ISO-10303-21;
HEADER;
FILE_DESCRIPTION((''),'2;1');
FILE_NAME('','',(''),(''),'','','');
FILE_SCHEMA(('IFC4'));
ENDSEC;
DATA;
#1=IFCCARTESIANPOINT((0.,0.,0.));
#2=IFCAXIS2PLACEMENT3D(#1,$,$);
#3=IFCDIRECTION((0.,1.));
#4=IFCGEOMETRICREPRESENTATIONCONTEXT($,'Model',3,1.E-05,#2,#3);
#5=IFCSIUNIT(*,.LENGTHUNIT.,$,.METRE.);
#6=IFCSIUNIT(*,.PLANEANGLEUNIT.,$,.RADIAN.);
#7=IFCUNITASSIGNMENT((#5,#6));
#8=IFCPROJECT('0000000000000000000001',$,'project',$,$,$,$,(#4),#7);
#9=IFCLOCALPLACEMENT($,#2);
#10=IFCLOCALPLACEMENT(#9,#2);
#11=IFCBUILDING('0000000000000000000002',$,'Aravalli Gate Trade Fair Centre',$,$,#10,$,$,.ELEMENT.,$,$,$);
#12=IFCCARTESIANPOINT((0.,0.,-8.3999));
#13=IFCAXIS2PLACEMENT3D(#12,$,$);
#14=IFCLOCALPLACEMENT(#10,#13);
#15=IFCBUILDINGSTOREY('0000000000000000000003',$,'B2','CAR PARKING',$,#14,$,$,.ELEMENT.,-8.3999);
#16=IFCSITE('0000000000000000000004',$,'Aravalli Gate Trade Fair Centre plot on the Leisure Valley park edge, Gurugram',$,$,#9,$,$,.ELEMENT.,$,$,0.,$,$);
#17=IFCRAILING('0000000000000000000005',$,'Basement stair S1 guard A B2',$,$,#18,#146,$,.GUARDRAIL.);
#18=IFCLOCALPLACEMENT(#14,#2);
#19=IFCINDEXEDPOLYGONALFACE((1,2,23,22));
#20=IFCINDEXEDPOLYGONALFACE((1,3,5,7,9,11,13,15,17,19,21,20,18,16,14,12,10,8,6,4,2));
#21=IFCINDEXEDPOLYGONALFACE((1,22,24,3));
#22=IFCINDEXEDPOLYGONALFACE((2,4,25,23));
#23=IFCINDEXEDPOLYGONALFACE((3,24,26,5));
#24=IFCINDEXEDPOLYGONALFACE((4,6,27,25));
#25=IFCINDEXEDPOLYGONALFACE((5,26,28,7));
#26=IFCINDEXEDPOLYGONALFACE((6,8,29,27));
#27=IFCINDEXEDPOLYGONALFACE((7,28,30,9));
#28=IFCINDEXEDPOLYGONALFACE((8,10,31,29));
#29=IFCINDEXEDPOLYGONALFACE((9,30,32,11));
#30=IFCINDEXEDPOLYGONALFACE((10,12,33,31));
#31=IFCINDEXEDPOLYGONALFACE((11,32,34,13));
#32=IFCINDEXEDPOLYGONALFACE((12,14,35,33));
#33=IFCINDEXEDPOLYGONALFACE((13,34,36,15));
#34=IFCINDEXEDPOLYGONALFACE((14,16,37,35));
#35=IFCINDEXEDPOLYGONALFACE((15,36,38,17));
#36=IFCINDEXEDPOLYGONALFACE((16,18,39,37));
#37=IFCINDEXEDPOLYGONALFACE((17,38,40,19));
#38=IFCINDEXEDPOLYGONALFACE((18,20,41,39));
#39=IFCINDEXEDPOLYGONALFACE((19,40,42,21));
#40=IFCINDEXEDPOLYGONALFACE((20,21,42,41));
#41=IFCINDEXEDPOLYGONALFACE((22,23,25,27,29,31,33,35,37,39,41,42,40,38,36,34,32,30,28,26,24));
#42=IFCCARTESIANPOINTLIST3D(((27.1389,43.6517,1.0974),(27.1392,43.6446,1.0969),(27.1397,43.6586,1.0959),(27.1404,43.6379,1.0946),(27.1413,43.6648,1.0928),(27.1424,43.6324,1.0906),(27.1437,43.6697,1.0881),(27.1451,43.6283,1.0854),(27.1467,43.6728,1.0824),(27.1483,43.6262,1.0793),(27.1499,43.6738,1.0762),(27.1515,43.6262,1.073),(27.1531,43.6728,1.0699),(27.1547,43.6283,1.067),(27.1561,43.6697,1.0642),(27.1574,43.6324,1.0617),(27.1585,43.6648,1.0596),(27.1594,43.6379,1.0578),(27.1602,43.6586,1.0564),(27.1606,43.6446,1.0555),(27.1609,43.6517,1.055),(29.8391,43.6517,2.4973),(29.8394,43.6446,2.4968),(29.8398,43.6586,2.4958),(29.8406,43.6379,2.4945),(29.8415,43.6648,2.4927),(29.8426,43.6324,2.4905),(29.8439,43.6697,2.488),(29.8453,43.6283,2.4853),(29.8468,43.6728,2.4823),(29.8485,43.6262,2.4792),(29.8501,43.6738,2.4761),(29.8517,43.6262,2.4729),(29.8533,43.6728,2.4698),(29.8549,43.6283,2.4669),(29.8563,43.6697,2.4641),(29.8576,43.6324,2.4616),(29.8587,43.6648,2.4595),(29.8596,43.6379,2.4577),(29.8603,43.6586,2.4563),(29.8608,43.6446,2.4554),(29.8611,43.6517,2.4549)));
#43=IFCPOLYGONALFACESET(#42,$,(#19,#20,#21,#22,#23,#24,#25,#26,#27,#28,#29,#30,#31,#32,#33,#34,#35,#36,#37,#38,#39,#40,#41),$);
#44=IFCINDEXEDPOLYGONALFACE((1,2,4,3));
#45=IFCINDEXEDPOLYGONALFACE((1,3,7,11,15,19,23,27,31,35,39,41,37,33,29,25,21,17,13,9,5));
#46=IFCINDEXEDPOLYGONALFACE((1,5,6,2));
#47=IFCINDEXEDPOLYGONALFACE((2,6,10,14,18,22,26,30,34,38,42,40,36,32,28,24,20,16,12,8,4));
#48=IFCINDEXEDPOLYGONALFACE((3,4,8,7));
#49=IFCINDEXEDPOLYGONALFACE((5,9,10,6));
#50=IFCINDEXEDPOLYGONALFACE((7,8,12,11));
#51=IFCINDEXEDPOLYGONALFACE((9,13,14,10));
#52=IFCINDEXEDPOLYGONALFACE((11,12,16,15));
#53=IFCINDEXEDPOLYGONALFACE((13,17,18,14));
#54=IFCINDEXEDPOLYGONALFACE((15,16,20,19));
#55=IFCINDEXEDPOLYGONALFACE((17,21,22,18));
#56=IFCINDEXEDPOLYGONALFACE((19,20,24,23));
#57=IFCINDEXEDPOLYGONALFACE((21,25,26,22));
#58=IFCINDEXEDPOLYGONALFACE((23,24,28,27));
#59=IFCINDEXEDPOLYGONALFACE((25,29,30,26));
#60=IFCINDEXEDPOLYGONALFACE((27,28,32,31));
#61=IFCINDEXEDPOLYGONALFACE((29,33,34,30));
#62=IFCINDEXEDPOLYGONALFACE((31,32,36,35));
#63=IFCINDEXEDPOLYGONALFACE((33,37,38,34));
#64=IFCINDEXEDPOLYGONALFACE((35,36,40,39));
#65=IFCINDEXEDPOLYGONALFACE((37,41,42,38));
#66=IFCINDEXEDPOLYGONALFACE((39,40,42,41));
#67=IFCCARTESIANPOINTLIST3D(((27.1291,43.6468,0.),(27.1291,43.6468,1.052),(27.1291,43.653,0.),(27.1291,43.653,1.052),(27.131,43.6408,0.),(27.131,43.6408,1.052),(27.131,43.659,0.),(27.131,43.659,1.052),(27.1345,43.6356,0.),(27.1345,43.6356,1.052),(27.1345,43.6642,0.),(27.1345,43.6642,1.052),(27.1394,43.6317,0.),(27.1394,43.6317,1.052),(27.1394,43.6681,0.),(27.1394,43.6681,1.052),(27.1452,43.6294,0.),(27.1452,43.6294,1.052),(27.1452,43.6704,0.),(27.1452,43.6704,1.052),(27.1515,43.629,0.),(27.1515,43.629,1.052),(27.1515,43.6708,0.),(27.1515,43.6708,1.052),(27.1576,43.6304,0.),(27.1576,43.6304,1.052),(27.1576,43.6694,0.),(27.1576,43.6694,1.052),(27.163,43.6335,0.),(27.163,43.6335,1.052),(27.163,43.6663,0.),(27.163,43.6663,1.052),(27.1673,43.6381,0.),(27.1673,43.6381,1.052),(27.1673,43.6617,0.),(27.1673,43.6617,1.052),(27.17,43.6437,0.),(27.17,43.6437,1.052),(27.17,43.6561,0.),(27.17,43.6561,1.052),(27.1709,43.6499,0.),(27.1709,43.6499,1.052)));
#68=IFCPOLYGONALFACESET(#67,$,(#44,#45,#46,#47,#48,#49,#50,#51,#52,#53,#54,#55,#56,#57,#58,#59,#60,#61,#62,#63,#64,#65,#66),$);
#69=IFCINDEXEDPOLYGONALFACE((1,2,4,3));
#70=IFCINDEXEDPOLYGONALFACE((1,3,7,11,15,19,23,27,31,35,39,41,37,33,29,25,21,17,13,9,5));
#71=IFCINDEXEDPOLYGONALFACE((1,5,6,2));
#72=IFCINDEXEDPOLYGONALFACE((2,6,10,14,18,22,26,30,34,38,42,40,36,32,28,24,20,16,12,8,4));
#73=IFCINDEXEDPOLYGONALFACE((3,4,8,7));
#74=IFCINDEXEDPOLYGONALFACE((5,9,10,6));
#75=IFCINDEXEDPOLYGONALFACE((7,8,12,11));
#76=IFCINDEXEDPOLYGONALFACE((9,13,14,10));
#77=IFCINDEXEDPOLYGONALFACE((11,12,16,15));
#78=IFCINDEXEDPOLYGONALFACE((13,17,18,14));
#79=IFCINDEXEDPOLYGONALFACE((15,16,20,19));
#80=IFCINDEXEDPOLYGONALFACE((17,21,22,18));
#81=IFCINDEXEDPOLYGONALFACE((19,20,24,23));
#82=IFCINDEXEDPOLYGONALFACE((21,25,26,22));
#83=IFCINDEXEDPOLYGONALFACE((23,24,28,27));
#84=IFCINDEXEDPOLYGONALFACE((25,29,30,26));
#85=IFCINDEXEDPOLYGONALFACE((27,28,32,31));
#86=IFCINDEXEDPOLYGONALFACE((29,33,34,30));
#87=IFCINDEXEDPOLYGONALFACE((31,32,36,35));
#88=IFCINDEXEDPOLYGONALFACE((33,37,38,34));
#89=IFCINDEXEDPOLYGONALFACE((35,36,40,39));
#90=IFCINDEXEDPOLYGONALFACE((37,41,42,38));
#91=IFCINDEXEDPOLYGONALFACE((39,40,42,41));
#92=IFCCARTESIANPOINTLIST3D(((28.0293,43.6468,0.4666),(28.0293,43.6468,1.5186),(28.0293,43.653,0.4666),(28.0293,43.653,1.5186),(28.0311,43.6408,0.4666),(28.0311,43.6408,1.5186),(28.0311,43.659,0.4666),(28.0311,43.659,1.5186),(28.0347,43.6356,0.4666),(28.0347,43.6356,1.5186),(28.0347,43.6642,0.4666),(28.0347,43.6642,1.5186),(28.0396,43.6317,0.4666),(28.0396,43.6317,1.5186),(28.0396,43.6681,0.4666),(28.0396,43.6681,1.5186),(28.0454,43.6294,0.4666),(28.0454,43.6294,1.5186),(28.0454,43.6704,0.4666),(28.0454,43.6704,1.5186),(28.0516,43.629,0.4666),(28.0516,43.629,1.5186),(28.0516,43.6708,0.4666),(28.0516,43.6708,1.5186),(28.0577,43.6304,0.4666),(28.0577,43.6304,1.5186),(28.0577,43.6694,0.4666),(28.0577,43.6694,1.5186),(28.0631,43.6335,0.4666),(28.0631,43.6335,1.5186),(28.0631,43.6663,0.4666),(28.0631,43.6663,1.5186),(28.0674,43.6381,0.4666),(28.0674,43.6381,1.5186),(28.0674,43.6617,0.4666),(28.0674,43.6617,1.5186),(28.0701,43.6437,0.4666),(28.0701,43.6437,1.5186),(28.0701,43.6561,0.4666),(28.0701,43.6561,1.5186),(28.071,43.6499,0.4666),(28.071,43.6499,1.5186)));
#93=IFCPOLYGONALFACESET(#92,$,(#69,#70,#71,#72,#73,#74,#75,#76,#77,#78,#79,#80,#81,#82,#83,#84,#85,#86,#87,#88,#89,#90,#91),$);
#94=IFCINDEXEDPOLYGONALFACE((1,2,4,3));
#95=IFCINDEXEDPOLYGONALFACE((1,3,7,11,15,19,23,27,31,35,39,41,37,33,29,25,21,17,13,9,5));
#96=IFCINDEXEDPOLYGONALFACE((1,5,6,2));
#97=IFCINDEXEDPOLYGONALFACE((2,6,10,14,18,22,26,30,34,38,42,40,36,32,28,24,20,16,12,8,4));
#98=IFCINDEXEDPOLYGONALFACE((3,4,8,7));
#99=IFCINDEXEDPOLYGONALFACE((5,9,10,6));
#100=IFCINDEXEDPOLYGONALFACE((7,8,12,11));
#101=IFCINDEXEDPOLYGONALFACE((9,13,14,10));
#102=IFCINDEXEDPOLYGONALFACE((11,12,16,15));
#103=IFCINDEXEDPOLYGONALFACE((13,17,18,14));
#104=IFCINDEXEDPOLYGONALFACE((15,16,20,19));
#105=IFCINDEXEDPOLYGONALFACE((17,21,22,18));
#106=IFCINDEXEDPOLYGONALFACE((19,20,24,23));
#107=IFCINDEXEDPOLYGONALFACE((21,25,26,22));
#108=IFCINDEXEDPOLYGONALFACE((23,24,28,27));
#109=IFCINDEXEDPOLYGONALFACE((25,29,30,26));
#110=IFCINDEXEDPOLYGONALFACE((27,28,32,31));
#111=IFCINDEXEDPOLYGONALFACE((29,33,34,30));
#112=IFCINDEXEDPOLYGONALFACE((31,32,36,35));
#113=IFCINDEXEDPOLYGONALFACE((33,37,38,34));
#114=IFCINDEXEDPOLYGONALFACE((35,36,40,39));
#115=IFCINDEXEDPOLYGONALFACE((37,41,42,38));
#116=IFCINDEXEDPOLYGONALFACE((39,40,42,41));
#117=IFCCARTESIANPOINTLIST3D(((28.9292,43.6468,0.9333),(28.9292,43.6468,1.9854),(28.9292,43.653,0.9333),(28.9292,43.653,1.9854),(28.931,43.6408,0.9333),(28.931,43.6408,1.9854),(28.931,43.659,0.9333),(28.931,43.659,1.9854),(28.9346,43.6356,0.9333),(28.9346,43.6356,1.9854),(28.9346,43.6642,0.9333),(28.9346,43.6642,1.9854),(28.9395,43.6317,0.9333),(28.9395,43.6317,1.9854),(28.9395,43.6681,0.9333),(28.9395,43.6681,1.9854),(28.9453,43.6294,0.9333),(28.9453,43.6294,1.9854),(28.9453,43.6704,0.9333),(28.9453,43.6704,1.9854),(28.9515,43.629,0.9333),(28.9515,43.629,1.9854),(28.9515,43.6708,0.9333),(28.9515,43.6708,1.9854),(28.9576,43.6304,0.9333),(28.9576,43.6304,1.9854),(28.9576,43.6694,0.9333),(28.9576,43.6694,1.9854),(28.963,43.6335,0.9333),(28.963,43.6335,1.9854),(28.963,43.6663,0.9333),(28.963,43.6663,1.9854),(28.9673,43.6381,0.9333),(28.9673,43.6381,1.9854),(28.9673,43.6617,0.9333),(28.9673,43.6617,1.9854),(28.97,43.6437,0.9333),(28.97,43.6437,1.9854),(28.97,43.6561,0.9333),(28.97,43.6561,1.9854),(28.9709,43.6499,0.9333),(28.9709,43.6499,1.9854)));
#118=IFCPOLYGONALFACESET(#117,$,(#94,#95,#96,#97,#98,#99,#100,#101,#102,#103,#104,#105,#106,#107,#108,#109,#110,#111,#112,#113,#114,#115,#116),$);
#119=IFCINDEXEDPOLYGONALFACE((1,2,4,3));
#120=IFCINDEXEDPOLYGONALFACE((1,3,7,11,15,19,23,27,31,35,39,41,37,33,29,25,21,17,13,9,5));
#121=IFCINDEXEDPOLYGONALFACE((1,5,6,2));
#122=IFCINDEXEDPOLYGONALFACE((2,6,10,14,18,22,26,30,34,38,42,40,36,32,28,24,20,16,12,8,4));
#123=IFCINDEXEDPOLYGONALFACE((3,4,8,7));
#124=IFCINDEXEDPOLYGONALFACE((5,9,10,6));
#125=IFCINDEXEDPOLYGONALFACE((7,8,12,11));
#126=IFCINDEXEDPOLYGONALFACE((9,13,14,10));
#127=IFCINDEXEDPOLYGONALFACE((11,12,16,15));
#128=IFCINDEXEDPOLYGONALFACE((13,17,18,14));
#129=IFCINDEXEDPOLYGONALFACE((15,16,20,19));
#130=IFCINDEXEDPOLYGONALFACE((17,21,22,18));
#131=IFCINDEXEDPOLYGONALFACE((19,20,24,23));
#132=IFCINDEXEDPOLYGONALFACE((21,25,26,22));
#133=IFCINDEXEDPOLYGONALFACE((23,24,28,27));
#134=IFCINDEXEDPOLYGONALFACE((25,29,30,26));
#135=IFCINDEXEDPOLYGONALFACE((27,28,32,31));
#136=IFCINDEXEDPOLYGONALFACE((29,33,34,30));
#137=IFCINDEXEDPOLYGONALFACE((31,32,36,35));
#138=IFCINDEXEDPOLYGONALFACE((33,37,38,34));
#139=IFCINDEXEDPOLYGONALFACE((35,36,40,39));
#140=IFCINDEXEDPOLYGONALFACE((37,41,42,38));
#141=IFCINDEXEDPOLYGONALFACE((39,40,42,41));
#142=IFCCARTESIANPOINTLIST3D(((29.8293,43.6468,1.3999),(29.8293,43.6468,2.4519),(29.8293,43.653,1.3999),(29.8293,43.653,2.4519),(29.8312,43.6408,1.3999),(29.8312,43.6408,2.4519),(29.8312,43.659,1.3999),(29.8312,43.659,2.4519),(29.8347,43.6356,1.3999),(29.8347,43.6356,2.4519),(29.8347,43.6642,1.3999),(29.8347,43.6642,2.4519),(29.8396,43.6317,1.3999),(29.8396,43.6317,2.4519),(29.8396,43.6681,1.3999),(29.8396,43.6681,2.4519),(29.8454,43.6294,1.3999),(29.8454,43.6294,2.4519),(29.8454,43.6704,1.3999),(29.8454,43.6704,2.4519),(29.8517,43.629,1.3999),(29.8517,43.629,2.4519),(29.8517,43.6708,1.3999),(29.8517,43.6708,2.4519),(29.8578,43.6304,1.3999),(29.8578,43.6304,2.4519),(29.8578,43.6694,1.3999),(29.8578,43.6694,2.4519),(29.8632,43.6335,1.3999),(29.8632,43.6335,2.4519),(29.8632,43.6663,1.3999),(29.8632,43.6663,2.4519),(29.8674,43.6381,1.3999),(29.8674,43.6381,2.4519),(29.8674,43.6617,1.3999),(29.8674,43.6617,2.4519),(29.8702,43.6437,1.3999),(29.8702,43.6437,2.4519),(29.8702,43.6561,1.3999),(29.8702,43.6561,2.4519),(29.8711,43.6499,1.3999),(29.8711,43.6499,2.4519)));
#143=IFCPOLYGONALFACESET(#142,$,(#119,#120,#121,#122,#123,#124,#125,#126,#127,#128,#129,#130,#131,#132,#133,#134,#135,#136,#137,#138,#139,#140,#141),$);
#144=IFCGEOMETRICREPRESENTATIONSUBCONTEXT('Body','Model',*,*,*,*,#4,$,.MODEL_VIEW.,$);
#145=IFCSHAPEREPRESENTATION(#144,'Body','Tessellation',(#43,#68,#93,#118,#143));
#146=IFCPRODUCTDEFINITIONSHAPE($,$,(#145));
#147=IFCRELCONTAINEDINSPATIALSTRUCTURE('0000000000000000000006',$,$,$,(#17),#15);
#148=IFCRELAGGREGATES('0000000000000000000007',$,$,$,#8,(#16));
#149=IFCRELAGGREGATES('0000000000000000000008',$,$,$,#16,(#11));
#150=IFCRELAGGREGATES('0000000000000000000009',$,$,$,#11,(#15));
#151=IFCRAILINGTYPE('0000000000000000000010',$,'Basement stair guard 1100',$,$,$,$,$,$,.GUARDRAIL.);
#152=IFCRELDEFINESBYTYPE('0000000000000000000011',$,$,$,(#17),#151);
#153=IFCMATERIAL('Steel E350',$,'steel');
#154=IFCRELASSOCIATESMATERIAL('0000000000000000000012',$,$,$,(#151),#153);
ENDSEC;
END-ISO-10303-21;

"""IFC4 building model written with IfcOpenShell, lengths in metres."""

from ifc_helpers import new_model, si_unit, direction, frame, origin, origin_2d, place, context, subcontext, project, spatial, circle, extrude, material, type_object, element, save


model = new_model("IFC4")

# Units and contexts
model_context = context("Model", 3, precision=1e-05, world=origin(), true_north=direction((0.0, 1.0)))
body_context = subcontext(model_context, "Body", "Model", "MODEL_VIEW")
ifc_project = project(units=[si_unit("LENGTHUNIT", "METRE"), si_unit("PLANEANGLEUNIT", "RADIAN")], contexts=[model_context])

# Site, building, storey
site_placement = place(None, origin())
site = spatial("IfcSite", under=ifc_project, at=site_placement, Name="Aravalli Gate Trade Fair Centre plot on the Leisure Valley park edge, Gurugram", CompositionType="ELEMENT", RefElevation=0.0)
building_placement = place(site_placement, origin())
building = spatial("IfcBuilding", under=site, at=building_placement, Name="Aravalli Gate Trade Fair Centre", CompositionType="ELEMENT")
storey_placement = place(building_placement, frame((0.0, 0.0, -8.3999)))
storey = spatial("IfcBuildingStorey", under=building, at=storey_placement, Name="B2", Description="CAR PARKING", CompositionType="ELEMENT", Elevation=-8.3999)

# Railing
ifc_material_1 = material(Name="Steel E350", Category="steel")
railing_type_1 = type_object("IfcRailingType", Name="Basement stair guard 1100", PredefinedType="GUARDRAIL", material=ifc_material_1)
railing_1_placement = place(storey_placement, frame((27.1499, 43.6499, 0.0)))
element("IfcRailing", 1, at=railing_1_placement, inside=storey, type_object=railing_type_1, Name="Basement stair S1 guard A B2", PredefinedType="GUARDRAIL", context=body_context, shape_type="SweptSolid", body=[
    extrude(circle(Radius=0.0239, at=origin_2d()), frame((0.0, 0.0, 1.0762), z_axis=(0.887781, 0.0, 0.460266), x_axis=(0.0, 1.0, 0.0)), (0.0, 0.0, 1.0), 3.0415),
    extrude(circle(Radius=0.021, at=origin_2d()), origin(), (0.0, 0.0, 1.0), 1.052),
    extrude(circle(Radius=0.021, at=origin_2d()), frame((0.9001, 0.0, 0.4666)), (0.0, 0.0, 1.0), 1.052),
    extrude(circle(Radius=0.021, at=origin_2d()), frame((1.8, 0.0, 0.9333)), (0.0, 0.0, 1.0), 1.052),
    extrude(circle(Radius=0.021, at=origin_2d()), frame((2.7002, 0.0, 1.3999)), (0.0, 0.0, 1.0), 1.052),
])

save(model, "model.ifc")
